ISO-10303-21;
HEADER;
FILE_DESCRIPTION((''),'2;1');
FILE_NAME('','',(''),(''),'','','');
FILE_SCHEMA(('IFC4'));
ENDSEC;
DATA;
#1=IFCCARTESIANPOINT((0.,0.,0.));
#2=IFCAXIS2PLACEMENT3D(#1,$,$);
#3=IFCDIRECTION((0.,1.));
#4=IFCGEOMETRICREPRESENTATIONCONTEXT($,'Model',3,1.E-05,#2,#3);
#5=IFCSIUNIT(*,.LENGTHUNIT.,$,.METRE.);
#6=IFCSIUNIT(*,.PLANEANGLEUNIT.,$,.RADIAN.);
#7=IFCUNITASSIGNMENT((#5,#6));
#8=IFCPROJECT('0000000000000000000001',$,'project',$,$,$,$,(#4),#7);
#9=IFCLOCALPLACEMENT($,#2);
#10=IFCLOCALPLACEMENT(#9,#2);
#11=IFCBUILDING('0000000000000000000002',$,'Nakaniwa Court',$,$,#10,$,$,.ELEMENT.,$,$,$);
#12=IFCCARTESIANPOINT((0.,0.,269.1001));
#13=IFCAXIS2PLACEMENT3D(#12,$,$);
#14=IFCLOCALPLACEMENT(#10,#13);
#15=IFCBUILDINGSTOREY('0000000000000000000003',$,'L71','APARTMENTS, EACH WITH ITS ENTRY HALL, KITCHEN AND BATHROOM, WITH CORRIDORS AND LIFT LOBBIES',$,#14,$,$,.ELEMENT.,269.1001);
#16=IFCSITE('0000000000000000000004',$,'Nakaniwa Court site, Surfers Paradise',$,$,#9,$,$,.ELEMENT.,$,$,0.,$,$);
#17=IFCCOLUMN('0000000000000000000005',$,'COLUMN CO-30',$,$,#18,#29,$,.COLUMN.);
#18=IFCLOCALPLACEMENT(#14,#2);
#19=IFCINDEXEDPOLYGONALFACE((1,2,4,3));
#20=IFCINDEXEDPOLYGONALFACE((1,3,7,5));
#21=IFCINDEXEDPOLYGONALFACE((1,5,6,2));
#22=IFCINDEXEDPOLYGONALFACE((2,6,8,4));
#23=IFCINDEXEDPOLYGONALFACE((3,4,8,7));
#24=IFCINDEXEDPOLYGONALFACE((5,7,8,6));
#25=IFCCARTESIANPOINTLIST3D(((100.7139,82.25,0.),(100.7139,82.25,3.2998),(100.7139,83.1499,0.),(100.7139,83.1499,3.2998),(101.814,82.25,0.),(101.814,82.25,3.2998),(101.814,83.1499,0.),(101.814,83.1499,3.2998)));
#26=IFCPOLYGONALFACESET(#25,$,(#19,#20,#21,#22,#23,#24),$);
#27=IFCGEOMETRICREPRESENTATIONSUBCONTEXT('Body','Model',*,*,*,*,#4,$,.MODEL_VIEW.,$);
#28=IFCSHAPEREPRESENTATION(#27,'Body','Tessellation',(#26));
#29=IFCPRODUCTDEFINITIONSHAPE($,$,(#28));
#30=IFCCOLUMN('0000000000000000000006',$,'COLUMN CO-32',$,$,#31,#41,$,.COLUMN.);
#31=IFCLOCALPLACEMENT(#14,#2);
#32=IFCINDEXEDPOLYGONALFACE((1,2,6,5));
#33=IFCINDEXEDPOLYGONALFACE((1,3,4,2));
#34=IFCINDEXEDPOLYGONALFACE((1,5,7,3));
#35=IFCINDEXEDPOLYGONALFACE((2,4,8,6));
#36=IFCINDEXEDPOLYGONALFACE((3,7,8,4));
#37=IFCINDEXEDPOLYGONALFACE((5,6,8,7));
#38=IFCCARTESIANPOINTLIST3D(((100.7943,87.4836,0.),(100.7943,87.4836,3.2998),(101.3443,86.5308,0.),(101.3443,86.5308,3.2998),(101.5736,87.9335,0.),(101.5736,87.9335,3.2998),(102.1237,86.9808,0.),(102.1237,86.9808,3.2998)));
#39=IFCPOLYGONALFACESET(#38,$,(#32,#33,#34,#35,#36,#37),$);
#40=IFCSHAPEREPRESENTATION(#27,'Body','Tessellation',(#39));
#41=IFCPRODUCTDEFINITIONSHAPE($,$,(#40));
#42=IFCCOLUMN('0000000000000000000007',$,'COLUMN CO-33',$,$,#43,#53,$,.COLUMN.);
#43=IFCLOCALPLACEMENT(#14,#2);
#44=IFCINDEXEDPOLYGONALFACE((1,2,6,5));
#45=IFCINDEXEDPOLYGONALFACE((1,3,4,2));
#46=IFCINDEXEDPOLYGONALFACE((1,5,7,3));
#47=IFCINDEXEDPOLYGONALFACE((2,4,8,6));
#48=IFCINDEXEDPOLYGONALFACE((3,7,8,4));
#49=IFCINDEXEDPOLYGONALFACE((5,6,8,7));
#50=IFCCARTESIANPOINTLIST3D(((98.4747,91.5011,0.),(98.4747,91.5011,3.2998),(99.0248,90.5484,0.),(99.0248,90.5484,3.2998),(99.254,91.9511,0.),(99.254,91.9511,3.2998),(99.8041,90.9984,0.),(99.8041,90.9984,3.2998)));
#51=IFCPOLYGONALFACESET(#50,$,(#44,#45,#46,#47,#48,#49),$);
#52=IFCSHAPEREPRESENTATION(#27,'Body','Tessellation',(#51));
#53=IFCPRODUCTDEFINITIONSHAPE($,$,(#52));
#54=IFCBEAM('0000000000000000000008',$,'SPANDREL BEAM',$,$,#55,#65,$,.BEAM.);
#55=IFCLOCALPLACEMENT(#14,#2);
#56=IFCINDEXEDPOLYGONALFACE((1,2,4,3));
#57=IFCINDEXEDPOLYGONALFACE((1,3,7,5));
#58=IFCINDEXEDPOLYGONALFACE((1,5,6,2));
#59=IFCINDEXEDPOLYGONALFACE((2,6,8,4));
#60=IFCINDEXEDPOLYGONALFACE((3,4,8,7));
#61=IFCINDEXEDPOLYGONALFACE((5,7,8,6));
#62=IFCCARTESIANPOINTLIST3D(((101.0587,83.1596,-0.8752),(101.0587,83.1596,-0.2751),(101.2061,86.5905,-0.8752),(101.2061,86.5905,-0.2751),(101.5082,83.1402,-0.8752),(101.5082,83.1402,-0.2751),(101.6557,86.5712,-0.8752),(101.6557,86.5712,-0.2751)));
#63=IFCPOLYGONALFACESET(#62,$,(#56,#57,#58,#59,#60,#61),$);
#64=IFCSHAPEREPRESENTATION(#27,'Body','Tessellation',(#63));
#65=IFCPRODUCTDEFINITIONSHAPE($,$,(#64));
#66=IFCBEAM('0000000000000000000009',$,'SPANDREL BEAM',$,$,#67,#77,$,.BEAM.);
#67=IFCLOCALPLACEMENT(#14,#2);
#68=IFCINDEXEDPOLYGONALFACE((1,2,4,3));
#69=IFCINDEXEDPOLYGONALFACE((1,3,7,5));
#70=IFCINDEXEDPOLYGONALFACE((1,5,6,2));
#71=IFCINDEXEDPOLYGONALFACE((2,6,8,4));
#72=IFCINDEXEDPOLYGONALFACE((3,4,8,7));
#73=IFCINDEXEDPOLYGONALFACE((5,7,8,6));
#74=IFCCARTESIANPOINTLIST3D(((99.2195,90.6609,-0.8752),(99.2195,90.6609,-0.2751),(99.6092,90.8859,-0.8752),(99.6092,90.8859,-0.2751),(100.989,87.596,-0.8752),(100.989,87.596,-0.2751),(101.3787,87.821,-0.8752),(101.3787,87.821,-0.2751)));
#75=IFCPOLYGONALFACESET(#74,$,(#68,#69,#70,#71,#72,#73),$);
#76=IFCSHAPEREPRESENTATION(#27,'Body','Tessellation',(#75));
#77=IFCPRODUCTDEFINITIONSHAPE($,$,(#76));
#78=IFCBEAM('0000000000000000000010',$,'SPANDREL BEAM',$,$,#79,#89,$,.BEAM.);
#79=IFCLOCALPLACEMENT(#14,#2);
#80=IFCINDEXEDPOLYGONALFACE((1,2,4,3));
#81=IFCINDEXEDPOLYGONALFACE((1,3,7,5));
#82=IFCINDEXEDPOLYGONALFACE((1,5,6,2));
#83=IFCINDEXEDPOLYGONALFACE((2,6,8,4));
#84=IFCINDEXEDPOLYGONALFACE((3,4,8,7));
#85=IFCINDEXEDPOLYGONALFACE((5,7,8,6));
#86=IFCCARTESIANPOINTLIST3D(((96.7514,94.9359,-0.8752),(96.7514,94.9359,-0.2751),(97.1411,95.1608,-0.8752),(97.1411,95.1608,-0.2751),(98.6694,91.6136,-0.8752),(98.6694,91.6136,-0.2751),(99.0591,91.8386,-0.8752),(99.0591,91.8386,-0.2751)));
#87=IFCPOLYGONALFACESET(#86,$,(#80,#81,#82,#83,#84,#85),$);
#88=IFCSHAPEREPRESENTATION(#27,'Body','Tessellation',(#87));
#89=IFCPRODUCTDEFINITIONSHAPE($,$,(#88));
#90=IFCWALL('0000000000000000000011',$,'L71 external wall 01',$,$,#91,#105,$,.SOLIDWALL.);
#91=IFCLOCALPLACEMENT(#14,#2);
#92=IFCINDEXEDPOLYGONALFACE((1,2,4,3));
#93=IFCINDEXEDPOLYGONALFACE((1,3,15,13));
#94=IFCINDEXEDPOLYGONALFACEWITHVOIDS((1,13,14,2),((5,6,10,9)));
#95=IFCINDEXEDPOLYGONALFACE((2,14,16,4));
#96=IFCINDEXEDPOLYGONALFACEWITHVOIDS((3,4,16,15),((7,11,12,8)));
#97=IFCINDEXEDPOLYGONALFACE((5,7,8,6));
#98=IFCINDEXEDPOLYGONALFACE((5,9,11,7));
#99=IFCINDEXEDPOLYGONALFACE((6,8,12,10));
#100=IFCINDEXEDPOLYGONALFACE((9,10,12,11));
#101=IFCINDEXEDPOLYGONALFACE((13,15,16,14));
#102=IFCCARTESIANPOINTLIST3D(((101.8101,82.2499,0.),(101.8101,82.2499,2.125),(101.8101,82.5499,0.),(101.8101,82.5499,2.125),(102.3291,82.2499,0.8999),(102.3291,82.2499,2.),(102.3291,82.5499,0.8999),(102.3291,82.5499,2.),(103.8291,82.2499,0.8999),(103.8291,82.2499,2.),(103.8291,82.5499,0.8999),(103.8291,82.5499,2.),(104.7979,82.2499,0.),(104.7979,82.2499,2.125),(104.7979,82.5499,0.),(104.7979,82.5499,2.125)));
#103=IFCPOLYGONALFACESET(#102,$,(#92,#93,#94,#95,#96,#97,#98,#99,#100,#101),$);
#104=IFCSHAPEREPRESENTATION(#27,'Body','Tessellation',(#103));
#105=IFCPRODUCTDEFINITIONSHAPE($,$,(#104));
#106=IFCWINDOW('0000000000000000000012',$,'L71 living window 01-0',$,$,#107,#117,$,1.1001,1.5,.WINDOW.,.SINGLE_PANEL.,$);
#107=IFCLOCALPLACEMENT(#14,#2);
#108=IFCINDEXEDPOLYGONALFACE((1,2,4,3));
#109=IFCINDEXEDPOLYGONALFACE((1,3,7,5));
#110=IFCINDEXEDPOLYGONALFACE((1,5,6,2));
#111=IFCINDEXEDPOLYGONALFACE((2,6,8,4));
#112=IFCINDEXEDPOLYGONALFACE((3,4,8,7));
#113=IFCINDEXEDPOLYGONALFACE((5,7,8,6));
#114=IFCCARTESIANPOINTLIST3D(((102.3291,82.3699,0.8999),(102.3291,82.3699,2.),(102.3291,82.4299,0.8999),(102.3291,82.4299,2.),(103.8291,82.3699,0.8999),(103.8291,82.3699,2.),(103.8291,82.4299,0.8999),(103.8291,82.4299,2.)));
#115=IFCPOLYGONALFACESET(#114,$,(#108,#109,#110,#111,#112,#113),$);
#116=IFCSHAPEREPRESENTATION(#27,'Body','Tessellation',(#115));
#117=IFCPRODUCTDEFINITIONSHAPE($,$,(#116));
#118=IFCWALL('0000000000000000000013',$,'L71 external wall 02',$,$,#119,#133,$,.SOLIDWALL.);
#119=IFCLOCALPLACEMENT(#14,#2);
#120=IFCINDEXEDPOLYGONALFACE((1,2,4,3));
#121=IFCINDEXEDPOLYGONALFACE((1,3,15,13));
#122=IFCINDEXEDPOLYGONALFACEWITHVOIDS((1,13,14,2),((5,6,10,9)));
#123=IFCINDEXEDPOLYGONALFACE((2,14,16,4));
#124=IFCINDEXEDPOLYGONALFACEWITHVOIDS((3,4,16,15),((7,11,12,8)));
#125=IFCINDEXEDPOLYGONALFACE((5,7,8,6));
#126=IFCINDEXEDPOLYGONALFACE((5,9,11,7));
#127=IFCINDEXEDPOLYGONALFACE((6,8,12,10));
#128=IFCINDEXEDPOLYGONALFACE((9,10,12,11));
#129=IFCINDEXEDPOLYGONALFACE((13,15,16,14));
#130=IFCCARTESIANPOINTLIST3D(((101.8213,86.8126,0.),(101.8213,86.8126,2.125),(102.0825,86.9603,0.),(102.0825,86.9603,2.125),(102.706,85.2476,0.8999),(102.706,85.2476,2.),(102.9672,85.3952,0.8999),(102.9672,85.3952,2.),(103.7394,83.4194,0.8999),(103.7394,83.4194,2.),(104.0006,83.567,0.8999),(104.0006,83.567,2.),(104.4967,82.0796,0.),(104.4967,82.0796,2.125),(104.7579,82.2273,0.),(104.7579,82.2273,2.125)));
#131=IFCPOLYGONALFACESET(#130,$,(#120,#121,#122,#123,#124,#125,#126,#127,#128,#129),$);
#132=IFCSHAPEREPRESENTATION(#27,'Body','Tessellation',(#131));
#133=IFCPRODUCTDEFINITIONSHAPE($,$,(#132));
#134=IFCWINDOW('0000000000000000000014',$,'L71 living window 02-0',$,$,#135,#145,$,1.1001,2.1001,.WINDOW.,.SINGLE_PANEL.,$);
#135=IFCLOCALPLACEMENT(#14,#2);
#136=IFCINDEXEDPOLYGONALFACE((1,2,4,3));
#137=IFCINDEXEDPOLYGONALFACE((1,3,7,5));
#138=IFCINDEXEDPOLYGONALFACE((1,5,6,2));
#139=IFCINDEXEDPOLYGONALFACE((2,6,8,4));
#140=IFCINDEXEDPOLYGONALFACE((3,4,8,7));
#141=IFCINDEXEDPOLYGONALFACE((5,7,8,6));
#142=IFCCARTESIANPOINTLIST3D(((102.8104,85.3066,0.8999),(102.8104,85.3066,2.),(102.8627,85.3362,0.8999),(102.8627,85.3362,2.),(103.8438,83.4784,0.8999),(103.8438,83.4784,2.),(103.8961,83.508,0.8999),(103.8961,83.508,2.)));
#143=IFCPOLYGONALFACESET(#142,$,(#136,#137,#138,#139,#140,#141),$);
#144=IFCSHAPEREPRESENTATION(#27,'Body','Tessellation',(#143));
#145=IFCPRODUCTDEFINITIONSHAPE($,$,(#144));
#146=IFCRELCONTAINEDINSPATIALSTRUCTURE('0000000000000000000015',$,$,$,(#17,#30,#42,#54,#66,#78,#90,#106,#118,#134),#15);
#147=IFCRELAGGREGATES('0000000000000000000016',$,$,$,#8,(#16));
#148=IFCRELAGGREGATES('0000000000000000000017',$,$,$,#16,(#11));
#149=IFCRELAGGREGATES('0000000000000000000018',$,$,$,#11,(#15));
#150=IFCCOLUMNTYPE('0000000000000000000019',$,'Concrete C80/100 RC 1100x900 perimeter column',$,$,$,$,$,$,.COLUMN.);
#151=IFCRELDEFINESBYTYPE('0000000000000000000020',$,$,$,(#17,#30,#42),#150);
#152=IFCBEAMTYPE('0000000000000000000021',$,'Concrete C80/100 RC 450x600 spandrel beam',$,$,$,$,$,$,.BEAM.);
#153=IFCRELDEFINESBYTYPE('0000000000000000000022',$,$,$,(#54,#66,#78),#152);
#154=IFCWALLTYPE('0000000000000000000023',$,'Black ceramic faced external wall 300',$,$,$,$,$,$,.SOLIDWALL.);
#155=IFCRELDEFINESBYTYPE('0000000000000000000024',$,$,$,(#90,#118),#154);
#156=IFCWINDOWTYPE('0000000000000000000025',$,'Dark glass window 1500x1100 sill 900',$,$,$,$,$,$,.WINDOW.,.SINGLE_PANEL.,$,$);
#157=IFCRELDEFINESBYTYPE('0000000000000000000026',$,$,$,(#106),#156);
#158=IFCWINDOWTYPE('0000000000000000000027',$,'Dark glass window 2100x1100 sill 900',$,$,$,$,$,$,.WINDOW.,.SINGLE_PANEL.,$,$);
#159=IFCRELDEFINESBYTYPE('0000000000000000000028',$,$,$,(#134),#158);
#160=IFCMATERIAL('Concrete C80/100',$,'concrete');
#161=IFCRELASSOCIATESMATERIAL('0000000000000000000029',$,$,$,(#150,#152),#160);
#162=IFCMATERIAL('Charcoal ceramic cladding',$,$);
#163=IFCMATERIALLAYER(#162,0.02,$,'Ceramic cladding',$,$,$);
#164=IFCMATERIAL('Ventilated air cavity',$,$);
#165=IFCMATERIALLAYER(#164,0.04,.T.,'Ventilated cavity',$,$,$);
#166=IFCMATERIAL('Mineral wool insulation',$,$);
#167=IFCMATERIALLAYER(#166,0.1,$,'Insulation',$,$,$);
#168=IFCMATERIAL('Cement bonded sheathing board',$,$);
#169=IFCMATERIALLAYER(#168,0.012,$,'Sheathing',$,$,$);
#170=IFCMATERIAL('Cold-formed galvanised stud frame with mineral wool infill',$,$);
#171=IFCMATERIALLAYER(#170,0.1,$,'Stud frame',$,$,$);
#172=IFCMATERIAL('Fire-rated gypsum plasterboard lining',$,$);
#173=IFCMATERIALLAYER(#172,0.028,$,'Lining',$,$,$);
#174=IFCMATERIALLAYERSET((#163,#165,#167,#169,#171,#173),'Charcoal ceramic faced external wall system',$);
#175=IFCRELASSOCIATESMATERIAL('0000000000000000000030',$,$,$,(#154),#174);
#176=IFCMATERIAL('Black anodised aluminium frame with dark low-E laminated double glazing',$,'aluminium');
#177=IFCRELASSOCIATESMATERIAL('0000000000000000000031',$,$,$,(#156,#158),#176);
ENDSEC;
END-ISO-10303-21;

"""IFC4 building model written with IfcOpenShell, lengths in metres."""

from ifc_helpers import new_model, si_unit, direction, frame, frame_2d, origin, origin_2d, place, context, subcontext, project, spatial, rectangle, extrude, material, layer, layer_set, material_profile, profile_set, type_object, element, fill, save


model = new_model("IFC4")

# Units and contexts
model_context = context("Model", 3, precision=1e-05, world=origin(), true_north=direction((0.0, 1.0)))
body_context = subcontext(model_context, "Body", "Model", "MODEL_VIEW")
ifc_project = project(units=[si_unit("LENGTHUNIT", "METRE"), si_unit("PLANEANGLEUNIT", "RADIAN")], contexts=[model_context])

# Site, building, storey
site_placement = place(None, origin())
site = spatial("IfcSite", under=ifc_project, at=site_placement, Name="Nakaniwa Court site, Surfers Paradise", CompositionType="ELEMENT", RefElevation=0.0)
building_placement = place(site_placement, origin())
building = spatial("IfcBuilding", under=site, at=building_placement, Name="Nakaniwa Court", CompositionType="ELEMENT")
storey_placement = place(building_placement, frame((0.0, 0.0, 269.1001)))
storey = spatial("IfcBuildingStorey", under=building, at=storey_placement, Name="L71", Description="APARTMENTS, EACH WITH ITS ENTRY HALL, KITCHEN AND BATHROOM, WITH CORRIDORS AND LIFT LOBBIES", CompositionType="ELEMENT", Elevation=269.1001)

# Columns
ifc_material_1 = material(Name="Concrete C80/100", Category="concrete")
ifc_material_profile_1 = material_profile(ifc_material_1, rectangle(XDim=1.1001, YDim=0.8999, at=origin_2d()), Name="Concrete C80/100 RC 1100x900 perimeter column")
ifc_profile_set_1 = profile_set([ifc_material_profile_1], Name="Concrete C80/100")
column_type = type_object("IfcColumnType", Name="Concrete C80/100 RC 1100x900 perimeter column", PredefinedType="COLUMN", material=ifc_profile_set_1)
for number, where, z_axis, x_axis, name in (
    (1, (101.2639, 82.7, 0.0), (0.0, 0.0, 1.0), (1.0, 0.0, 0.0), "COLUMN CO-30"),
    (2, (101.459, 87.2322, 0.0), (0.0, 0.0, 1.0), (-0.5, 0.866025, 0.0), "COLUMN CO-32"),
    (3, (99.1394, 91.2498, 0.0), (0.0, 0.0, 1.0), (-0.5, 0.866025, 0.0), "COLUMN CO-33"),
):
    element("IfcColumn", number, at=place(storey_placement, frame(where, z_axis=z_axis, x_axis=x_axis)), inside=storey, type_object=column_type, Name=name, PredefinedType="COLUMN", context=body_context, shape_type="SweptSolid", body=[
        extrude(rectangle(XDim=1.1001, YDim=0.8999, at=origin_2d()), origin(), (0.0, 0.0, 1.0), 3.2998),
    ])

# Beams
ifc_material_profile_2 = material_profile(ifc_material_1, rectangle(XDim=0.45, YDim=0.6001, at=origin_2d()), Name="Concrete C80/100 RC 450x600 spandrel beam")
ifc_profile_set_2 = profile_set([ifc_material_profile_2], Name="Concrete C80/100")
beam_type = type_object("IfcBeamType", Name="Concrete C80/100 RC 450x600 spandrel beam", PredefinedType="BEAM", material=ifc_profile_set_2)
beam_1_placement = place(storey_placement, frame((101.2834, 83.1499, -0.5752), z_axis=(0.042941, 0.999078, 0.0), x_axis=(-0.999078, 0.042941, 0.0)))
element("IfcBeam", 4, at=beam_1_placement, inside=storey, type_object=beam_type, Name="SPANDREL BEAM", PredefinedType="BEAM", context=body_context, shape_type="SweptSolid", body=[
    extrude(rectangle(XDim=0.45, YDim=0.6001, at=origin_2d()), origin(), (0.0, 0.0, 1.0), 3.4341),
])
beam_2_placement = place(storey_placement, frame((101.1838, 87.7085, -0.5752), z_axis=(-0.499997, 0.866027, 0.0), x_axis=(-0.866027, -0.499997, 0.0)))
element("IfcBeam", 5, at=beam_2_placement, inside=storey, type_object=beam_type, Name="SPANDREL BEAM", PredefinedType="BEAM", context=body_context, shape_type="SweptSolid", body=[
    extrude(rectangle(XDim=0.45, YDim=0.6001, at=origin_2d()), origin(), (0.0, 0.0, 1.0), 3.5391),
])
beam_3_placement = place(storey_placement, frame((98.8643, 91.7261, -0.5752), z_axis=(-0.499972, 0.866041, 0.0), x_axis=(-0.866041, -0.499972, 0.0)))
element("IfcBeam", 6, at=beam_3_placement, inside=storey, type_object=beam_type, Name="SPANDREL BEAM", PredefinedType="BEAM", context=body_context, shape_type="SweptSolid", body=[
    extrude(rectangle(XDim=0.45, YDim=0.6001, at=origin_2d()), origin(), (0.0, 0.0, 1.0), 3.8362),
])

# Walls, openings, windows
ifc_material_2 = material(Name="Charcoal ceramic cladding")
ifc_layer_1 = layer(ifc_material_2, 0.02, Name="Ceramic cladding")
ifc_material_3 = material(Name="Ventilated air cavity")
ifc_layer_2 = layer(ifc_material_3, 0.04, ventilated=True, Name="Ventilated cavity")
ifc_material_4 = material(Name="Mineral wool insulation")
ifc_layer_3 = layer(ifc_material_4, 0.1, Name="Insulation")
ifc_material_5 = material(Name="Cement bonded sheathing board")
ifc_layer_4 = layer(ifc_material_5, 0.012, Name="Sheathing")
ifc_material_6 = material(Name="Cold-formed galvanised stud frame with mineral wool infill")
ifc_layer_5 = layer(ifc_material_6, 0.1, Name="Stud frame")
ifc_material_7 = material(Name="Fire-rated gypsum plasterboard lining")
ifc_layer_6 = layer(ifc_material_7, 0.028, Name="Lining")
ifc_layer_set = layer_set([ifc_layer_1, ifc_layer_2, ifc_layer_3, ifc_layer_4, ifc_layer_5, ifc_layer_6], Name="Charcoal ceramic faced external wall system")
wall_type = type_object("IfcWallType", Name="Black ceramic faced external wall 300", PredefinedType="SOLIDWALL", material=ifc_layer_set)
wall_1_placement = place(storey_placement, frame((101.8101, 82.3999, 0.0), z_axis=(0.0, 0.0, 1.0), x_axis=(1.0, 0.0, 0.0)))
wall_1 = element("IfcWall", 7, at=wall_1_placement, inside=storey, type_object=wall_type, Name="L71 external wall 01", PredefinedType="SOLIDWALL", context=body_context, shape_type="SweptSolid", body=[
    extrude(rectangle(XDim=2.9878, YDim=0.3, at=frame_2d((1.4939, 0.0))), origin(), (0.0, 0.0, 1.0), 2.125),
])
opening_1_placement = place(wall_1_placement, frame((0.519, 0.0, 0.8999)))
opening_1 = element("IfcOpeningElement", 8, at=opening_1_placement, cuts=wall_1, PredefinedType="OPENING", context=body_context, shape_type="SweptSolid", body=[
    extrude(rectangle(XDim=1.5, YDim=1.1001, at=frame_2d((0.75, 0.55))), frame((0.0, 0.1599, 0.0), z_axis=(0.0, -1.0, 0.0), x_axis=(1.0, 0.0, 0.0)), (0.0, 0.0, 1.0), 0.3201),
])
ifc_material_8 = material(Name="Black anodised aluminium frame with dark low-E laminated double glazing", Category="aluminium")
window_type_1 = type_object("IfcWindowType", Name="Dark glass window 1500x1100 sill 900", PartitioningType="SINGLE_PANEL", PredefinedType="WINDOW", material=ifc_material_8)
window_1_placement = place(opening_1_placement, origin())
window_1 = element("IfcWindow", 9, at=window_1_placement, inside=storey, type_object=window_type_1, Name="L71 living window 01-0", OverallHeight=1.1001, OverallWidth=1.5, PartitioningType="SINGLE_PANEL", PredefinedType="WINDOW", context=body_context, shape_type="SweptSolid", body=[
    extrude(rectangle(XDim=1.5, YDim=1.1001, at=frame_2d((0.75, 0.55))), frame((0.0, 0.03, 0.0), z_axis=(0.0, -1.0, 0.0), x_axis=(1.0, 0.0, 0.0)), (0.0, 0.0, 1.0), 0.0601),
])
fill(opening_1, window_1)
wall_2_placement = place(storey_placement, frame((104.6272, 82.1536, 0.0), z_axis=(0.0, 0.0, 1.0), x_axis=(-0.492081, 0.870549, 0.0)))
wall_2 = element("IfcWall", 10, at=wall_2_placement, inside=storey, type_object=wall_type, Name="L71 external wall 02", PredefinedType="SOLIDWALL", context=body_context, shape_type="SweptSolid", body=[
    extrude(rectangle(XDim=5.4368, YDim=0.3, at=frame_2d((2.7183, 0.0))), origin(), (0.0, 0.0, 1.0), 2.125),
])
opening_2_placement = place(wall_2_placement, frame((1.5388, 0.0, 0.8999)))
opening_2 = element("IfcOpeningElement", 11, at=opening_2_placement, cuts=wall_2, PredefinedType="OPENING", context=body_context, shape_type="SweptSolid", body=[
    extrude(rectangle(XDim=2.1001, YDim=1.1001, at=frame_2d((1.05, 0.55))), frame((0.0, 0.1599, 0.0), z_axis=(0.0, -1.0, 0.0), x_axis=(1.0, 0.0, 0.0)), (0.0, 0.0, 1.0), 0.3201),
])
window_type_2 = type_object("IfcWindowType", Name="Dark glass window 2100x1100 sill 900", PartitioningType="SINGLE_PANEL", PredefinedType="WINDOW", material=ifc_material_8)
window_2_placement = place(opening_2_placement, origin())
window_2 = element("IfcWindow", 12, at=window_2_placement, inside=storey, type_object=window_type_2, Name="L71 living window 02-0", OverallHeight=1.1001, OverallWidth=2.1001, PartitioningType="SINGLE_PANEL", PredefinedType="WINDOW", context=body_context, shape_type="SweptSolid", body=[
    extrude(rectangle(XDim=2.1001, YDim=1.1001, at=frame_2d((1.05, 0.55))), frame((0.0, 0.03, 0.0), z_axis=(0.0, -1.0, 0.0), x_axis=(1.0, 0.0, 0.0)), (0.0, 0.0, 1.0), 0.0601),
])
fill(opening_2, window_2)

save(model, "model.ifc")
